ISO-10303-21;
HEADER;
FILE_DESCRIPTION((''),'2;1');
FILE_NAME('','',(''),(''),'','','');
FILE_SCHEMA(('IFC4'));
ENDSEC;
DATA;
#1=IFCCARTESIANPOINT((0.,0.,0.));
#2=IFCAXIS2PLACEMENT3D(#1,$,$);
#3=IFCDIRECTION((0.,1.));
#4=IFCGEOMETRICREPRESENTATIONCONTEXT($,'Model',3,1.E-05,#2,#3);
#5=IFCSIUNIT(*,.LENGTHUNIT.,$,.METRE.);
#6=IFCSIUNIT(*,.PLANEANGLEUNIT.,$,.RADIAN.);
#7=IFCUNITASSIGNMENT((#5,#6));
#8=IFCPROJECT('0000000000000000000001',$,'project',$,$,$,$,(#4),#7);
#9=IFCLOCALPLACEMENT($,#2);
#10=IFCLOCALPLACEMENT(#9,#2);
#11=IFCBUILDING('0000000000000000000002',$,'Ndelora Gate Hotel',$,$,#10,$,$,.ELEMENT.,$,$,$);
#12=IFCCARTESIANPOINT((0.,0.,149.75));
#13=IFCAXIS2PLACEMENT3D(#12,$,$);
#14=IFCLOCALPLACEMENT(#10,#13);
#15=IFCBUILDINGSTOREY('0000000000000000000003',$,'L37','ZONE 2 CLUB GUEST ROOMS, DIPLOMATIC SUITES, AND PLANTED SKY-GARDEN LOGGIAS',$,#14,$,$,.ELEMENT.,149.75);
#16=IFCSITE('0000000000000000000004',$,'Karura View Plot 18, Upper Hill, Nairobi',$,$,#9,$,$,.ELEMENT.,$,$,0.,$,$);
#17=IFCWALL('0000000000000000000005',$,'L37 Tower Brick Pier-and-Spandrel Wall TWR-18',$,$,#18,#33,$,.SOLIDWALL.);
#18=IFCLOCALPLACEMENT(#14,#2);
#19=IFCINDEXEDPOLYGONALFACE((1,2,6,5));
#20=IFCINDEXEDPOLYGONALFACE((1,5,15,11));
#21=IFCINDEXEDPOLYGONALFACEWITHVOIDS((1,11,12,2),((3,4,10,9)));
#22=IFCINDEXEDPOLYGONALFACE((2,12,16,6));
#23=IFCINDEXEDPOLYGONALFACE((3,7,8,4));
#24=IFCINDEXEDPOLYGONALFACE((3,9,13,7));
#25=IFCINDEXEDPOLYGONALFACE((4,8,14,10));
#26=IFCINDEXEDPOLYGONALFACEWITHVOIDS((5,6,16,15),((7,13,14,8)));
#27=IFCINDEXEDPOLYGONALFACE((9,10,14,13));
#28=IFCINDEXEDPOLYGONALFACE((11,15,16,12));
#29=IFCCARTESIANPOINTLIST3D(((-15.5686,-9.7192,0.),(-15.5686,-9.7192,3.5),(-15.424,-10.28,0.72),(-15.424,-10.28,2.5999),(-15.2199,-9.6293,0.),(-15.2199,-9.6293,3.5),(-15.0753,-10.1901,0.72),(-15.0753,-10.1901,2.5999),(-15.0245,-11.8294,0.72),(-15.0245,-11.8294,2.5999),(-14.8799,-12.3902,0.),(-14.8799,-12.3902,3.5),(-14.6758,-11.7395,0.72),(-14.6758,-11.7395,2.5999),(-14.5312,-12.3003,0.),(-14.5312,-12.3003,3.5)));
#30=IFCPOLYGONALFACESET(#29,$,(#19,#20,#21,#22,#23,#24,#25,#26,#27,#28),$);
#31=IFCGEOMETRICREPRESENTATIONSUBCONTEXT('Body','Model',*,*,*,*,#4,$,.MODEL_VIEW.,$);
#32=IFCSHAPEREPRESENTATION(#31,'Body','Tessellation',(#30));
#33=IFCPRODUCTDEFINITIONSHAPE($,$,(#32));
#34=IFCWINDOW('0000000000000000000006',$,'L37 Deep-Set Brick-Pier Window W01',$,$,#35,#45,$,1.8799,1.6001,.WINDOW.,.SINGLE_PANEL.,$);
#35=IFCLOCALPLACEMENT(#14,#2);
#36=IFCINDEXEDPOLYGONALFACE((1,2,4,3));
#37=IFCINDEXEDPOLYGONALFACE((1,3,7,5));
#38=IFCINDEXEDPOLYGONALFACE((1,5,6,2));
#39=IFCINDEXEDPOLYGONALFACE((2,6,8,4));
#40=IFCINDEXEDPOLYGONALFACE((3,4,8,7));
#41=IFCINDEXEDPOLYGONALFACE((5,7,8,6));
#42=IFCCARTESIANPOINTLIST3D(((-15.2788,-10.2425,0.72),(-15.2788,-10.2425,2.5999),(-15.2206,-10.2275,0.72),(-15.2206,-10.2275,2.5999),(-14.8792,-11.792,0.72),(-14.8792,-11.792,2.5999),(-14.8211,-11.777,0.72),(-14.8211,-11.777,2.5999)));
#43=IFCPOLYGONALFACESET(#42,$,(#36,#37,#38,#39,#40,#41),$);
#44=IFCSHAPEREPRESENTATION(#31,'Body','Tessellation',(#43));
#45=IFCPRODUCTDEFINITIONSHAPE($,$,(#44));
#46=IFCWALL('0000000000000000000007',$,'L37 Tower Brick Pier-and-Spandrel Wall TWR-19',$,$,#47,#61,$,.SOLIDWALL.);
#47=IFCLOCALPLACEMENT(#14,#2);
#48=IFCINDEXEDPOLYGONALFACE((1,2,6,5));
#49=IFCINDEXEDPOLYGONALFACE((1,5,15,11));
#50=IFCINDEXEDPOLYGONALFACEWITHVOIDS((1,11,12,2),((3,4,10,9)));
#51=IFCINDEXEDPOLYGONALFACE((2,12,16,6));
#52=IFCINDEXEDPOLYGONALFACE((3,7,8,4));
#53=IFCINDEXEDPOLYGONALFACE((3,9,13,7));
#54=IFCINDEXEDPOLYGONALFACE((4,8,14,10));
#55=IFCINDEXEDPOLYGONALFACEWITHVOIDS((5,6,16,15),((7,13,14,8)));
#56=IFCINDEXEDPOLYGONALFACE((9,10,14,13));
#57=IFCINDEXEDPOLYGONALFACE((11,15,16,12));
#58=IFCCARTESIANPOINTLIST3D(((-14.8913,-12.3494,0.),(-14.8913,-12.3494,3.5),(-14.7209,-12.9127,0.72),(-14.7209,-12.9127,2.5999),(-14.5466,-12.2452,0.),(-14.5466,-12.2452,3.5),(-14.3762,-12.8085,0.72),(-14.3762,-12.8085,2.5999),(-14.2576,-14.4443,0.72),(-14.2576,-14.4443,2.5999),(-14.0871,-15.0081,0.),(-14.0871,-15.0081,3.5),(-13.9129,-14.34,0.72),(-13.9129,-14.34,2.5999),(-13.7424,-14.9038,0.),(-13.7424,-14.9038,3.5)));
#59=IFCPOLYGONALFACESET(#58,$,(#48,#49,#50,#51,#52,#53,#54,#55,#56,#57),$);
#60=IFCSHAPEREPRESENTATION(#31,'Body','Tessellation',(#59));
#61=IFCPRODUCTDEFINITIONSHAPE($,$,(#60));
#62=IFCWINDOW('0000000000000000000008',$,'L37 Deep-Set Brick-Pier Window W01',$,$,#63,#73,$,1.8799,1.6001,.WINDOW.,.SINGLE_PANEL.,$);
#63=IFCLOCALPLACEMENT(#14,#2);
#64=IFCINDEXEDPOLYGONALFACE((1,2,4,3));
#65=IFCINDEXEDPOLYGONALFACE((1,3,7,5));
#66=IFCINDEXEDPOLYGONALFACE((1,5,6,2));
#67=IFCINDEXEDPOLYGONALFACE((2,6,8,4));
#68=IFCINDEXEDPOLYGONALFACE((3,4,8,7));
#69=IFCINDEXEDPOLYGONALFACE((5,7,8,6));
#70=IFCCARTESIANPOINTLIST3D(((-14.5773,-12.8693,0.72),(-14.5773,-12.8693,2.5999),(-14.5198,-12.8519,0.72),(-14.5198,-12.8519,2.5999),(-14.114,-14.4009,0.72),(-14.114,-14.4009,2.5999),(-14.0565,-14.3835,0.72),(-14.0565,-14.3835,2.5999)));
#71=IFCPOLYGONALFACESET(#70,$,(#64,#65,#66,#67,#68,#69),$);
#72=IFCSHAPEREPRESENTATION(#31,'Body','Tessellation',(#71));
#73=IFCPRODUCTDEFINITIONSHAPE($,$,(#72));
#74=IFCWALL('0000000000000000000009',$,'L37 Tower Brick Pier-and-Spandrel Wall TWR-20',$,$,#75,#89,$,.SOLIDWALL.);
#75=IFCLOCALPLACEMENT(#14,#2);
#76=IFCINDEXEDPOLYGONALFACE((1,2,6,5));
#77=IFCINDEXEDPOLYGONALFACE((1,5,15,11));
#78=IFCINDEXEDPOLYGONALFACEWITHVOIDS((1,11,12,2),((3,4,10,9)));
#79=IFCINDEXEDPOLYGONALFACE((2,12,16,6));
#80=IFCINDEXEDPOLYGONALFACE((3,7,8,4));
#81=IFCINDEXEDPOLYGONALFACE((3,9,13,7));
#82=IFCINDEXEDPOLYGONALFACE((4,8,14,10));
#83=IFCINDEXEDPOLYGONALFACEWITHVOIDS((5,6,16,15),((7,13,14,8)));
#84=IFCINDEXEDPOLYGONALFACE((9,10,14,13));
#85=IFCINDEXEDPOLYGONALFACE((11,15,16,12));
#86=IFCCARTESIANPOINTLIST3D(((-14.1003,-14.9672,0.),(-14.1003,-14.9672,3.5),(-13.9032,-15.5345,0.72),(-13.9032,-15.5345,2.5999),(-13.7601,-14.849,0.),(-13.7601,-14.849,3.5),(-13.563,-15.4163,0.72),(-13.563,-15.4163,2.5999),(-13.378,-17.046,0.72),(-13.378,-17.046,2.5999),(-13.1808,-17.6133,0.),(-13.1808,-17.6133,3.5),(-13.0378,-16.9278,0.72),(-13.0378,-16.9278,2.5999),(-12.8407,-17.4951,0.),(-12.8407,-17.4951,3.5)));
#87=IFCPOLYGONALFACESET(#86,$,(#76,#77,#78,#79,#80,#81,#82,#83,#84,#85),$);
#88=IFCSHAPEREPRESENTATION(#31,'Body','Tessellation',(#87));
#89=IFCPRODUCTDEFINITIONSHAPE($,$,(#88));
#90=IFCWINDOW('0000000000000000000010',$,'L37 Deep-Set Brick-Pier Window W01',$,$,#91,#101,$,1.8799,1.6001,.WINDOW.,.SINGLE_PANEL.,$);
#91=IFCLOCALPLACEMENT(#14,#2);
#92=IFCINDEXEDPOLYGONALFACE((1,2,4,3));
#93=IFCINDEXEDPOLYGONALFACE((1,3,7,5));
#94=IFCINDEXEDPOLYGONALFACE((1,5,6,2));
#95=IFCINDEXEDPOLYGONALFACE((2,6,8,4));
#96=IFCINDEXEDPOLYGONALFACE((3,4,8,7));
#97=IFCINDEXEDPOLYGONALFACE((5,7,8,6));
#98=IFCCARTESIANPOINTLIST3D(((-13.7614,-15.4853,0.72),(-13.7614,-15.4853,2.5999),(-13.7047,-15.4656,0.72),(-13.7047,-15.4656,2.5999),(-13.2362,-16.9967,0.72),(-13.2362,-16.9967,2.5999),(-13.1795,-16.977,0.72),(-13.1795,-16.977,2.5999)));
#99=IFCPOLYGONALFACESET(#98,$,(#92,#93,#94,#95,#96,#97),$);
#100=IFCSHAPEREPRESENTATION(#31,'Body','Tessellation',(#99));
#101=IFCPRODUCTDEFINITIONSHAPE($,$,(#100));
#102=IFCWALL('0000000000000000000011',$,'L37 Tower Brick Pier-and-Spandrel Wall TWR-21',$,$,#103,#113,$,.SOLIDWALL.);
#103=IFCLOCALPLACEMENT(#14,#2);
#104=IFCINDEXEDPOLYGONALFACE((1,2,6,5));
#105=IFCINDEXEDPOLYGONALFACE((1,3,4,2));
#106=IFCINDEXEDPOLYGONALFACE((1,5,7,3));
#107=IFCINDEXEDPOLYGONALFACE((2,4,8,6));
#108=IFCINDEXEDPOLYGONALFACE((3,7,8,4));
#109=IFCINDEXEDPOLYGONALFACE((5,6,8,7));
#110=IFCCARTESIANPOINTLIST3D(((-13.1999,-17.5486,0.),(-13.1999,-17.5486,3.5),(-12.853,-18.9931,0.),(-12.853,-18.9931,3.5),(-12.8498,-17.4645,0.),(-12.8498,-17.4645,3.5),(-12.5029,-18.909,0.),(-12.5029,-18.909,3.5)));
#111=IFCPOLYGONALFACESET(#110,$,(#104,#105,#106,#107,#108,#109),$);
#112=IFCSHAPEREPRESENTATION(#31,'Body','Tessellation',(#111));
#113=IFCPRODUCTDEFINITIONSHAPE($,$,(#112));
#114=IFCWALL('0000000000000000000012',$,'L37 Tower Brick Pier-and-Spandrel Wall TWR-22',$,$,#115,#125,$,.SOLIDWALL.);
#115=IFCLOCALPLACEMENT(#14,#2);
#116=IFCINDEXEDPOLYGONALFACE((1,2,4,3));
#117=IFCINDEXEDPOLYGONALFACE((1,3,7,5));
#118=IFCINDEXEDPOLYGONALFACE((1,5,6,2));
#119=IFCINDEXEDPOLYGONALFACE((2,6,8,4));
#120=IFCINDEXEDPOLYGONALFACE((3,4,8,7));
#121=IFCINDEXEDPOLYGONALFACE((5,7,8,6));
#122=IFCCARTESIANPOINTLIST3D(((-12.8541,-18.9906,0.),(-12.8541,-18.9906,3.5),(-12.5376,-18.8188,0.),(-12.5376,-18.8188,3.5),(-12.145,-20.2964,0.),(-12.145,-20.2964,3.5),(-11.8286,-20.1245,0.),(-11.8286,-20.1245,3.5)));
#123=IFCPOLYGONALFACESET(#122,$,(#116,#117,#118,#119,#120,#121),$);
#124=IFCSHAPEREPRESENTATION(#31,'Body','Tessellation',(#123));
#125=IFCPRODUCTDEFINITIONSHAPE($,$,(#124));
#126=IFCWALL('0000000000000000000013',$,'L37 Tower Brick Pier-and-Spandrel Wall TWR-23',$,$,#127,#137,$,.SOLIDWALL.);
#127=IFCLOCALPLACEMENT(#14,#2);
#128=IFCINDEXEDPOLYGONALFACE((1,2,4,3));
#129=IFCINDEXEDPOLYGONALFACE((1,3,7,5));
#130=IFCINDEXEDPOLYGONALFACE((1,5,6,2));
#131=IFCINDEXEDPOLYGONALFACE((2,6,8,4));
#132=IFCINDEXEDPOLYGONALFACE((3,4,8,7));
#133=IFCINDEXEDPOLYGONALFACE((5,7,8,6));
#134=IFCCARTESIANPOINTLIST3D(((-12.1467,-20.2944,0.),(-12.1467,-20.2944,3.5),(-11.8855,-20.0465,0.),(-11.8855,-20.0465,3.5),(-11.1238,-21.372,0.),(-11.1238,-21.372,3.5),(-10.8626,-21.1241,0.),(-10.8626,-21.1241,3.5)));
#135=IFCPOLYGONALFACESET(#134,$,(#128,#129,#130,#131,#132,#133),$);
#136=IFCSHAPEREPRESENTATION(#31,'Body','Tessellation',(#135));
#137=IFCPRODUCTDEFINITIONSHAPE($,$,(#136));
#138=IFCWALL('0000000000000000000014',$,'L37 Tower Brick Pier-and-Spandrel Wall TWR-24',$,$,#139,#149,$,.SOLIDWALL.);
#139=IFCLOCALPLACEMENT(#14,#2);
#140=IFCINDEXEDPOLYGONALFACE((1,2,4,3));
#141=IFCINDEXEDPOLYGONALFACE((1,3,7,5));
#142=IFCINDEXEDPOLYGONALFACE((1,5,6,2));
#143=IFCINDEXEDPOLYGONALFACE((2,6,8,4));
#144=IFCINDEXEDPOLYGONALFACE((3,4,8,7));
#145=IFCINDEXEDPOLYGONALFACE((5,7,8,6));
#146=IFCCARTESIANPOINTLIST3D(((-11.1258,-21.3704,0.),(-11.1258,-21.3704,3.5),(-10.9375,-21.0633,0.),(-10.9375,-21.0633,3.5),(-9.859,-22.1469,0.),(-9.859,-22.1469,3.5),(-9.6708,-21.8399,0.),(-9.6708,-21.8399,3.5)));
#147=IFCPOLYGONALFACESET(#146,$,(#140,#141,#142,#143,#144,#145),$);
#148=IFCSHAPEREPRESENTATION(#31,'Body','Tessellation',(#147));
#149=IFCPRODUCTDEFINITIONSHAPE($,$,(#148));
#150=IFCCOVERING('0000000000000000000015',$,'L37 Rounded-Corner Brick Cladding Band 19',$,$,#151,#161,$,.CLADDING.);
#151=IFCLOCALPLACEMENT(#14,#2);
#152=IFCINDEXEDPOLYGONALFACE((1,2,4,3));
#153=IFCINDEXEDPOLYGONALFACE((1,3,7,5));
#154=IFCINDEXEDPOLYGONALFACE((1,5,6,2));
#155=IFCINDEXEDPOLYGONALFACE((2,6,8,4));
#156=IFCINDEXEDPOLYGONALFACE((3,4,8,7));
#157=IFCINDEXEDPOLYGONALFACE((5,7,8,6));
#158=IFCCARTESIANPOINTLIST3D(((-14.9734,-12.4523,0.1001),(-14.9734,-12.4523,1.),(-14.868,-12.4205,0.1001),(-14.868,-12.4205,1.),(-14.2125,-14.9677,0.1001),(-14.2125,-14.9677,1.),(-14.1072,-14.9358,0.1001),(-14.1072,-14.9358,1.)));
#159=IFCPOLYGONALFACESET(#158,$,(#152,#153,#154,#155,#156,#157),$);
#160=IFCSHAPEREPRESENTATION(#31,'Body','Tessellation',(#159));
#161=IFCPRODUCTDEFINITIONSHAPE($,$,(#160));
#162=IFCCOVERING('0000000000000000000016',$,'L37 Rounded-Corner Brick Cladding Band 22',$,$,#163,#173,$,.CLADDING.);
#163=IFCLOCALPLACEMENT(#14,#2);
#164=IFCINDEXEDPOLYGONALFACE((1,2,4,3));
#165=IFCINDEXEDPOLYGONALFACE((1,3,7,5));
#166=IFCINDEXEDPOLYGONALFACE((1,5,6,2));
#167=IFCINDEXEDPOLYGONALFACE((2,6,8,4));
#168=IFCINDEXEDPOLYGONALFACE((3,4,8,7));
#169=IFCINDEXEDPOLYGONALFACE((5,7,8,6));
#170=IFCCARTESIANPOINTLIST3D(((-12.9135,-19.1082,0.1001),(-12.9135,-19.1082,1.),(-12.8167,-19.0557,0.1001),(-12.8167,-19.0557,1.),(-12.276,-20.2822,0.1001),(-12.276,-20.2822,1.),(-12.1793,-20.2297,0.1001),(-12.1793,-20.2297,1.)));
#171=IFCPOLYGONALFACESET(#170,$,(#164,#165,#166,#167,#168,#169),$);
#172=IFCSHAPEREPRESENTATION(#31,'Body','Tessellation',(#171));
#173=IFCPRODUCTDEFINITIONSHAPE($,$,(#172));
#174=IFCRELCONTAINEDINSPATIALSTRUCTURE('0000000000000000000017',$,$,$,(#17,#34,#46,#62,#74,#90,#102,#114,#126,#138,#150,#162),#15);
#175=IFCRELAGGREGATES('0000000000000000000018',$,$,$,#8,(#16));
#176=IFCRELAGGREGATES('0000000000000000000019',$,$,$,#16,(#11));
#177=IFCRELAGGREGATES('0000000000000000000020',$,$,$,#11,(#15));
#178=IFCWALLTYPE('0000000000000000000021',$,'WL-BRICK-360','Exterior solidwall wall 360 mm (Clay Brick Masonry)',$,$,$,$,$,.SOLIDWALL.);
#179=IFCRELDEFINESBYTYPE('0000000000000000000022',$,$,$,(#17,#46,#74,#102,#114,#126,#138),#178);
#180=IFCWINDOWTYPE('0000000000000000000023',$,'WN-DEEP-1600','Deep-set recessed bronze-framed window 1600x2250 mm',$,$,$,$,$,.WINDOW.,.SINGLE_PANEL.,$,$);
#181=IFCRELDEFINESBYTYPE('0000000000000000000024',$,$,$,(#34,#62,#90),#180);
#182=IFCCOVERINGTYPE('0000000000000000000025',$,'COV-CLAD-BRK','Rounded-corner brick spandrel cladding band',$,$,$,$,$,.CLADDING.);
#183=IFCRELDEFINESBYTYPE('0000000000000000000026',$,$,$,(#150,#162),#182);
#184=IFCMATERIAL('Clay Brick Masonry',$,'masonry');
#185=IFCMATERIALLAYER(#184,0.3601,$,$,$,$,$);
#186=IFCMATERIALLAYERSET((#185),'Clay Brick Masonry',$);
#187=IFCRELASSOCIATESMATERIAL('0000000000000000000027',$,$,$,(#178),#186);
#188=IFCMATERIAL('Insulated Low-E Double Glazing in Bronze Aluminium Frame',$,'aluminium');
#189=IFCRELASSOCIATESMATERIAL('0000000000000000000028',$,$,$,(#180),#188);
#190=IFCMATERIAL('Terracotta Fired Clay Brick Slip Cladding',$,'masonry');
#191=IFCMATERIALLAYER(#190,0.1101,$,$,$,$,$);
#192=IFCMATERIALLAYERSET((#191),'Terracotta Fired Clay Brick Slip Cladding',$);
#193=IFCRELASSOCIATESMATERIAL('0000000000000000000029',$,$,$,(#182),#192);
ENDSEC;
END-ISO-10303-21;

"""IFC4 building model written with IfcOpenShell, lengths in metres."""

from ifc_helpers import new_model, si_unit, direction, frame, frame_2d, origin, origin_2d, place, context, subcontext, project, spatial, rectangle, extrude, material, layer, layer_set, type_object, element, fill, save


model = new_model("IFC4")

# Units and contexts
model_context = context("Model", 3, precision=1e-05, world=origin(), true_north=direction((0.0, 1.0)))
body_context = subcontext(model_context, "Body", "Model", "MODEL_VIEW")
ifc_project = project(units=[si_unit("LENGTHUNIT", "METRE"), si_unit("PLANEANGLEUNIT", "RADIAN")], contexts=[model_context])

# Site, building, storey
site_placement = place(None, origin())
site = spatial("IfcSite", under=ifc_project, at=site_placement, Name="Karura View Plot 18, Upper Hill, Nairobi", CompositionType="ELEMENT", RefElevation=0.0)
building_placement = place(site_placement, origin())
building = spatial("IfcBuilding", under=site, at=building_placement, Name="Ndelora Gate Hotel", CompositionType="ELEMENT")
storey_placement = place(building_placement, frame((0.0, 0.0, 149.75)))
storey = spatial("IfcBuildingStorey", under=building, at=storey_placement, Name="L37", Description="ZONE 2 CLUB GUEST ROOMS, DIPLOMATIC SUITES, AND PLANTED SKY-GARDEN LOGGIAS", CompositionType="ELEMENT", Elevation=149.75)

# Walls, openings, windows
ifc_material_1 = material(Name="Clay Brick Masonry", Category="masonry")
ifc_layer_1 = layer(ifc_material_1, 0.3601)
ifc_layer_set_1 = layer_set([ifc_layer_1], Name="Clay Brick Masonry")
wall_type = type_object("IfcWallType", Name="WL-BRICK-360", Description="Exterior solidwall wall 360 mm (Clay Brick Masonry)", PredefinedType="SOLIDWALL", material=ifc_layer_set_1)
ifc_material_2 = material(Name="Insulated Low-E Double Glazing in Bronze Aluminium Frame", Category="aluminium")
wall_1_placement = place(storey_placement, frame((-14.7056, -12.3452, 0.0), z_axis=(0.0, 0.0, 1.0), x_axis=(-0.249693, 0.968325, 0.0)))
wall_1 = element("IfcWall", 1, at=wall_1_placement, inside=storey, type_object=wall_type, Name="L37 Tower Brick Pier-and-Spandrel Wall TWR-18", PredefinedType="SOLIDWALL", context=body_context, shape_type="SweptSolid", body=[
    extrude(rectangle(XDim=2.7583, YDim=0.3601, at=frame_2d((1.3792, 0.0))), origin(), (0.0, 0.0, 1.0), 3.5),
])
opening_1_placement = place(wall_1_placement, frame((0.5791, 0.0, 0.72)))
opening_1 = element("IfcOpeningElement", 2, at=opening_1_placement, cuts=wall_1, PredefinedType="OPENING", context=body_context, shape_type="SweptSolid", body=[
    extrude(rectangle(XDim=1.6001, YDim=1.8799, at=frame_2d((0.8, 0.9399))), frame((0.0, 0.1899, 0.0), z_axis=(0.0, -1.0, 0.0), x_axis=(1.0, 0.0, 0.0)), (0.0, 0.0, 1.0), 0.3801),
])
window_type_1 = type_object("IfcWindowType", Name="WN-DEEP-1600", Description="Deep-set recessed bronze-framed window 1600x2250 mm", PartitioningType="SINGLE_PANEL", PredefinedType="WINDOW", material=ifc_material_2)
window_1_placement = place(opening_1_placement, origin())
window_1 = element("IfcWindow", 3, at=window_1_placement, inside=storey, type_object=window_type_1, Name="L37 Deep-Set Brick-Pier Window W01", OverallHeight=1.8799, OverallWidth=1.6001, PartitioningType="SINGLE_PANEL", PredefinedType="WINDOW", context=body_context, shape_type="SweptSolid", body=[
    extrude(rectangle(XDim=1.6001, YDim=1.8799, at=frame_2d((0.8, 0.9399))), frame((0.0, 0.03, 0.0), z_axis=(0.0, -1.0, 0.0), x_axis=(1.0, 0.0, 0.0)), (0.0, 0.0, 1.0), 0.0601),
])
fill(opening_1, window_1)
wall_2_placement = place(storey_placement, frame((-13.9148, -14.9558, 0.0), z_axis=(0.0, 0.0, 1.0), x_axis=(-0.289524, 0.957171, 0.0)))
wall_2 = element("IfcWall", 4, at=wall_2_placement, inside=storey, type_object=wall_type, Name="L37 Tower Brick Pier-and-Spandrel Wall TWR-19", PredefinedType="SOLIDWALL", context=body_context, shape_type="SweptSolid", body=[
    extrude(rectangle(XDim=2.7776, YDim=0.3601, at=frame_2d((1.3887, 0.0))), origin(), (0.0, 0.0, 1.0), 3.5),
])
opening_2_placement = place(wall_2_placement, frame((0.5889, 0.0, 0.72)))
opening_2 = element("IfcOpeningElement", 5, at=opening_2_placement, cuts=wall_2, PredefinedType="OPENING", context=body_context, shape_type="SweptSolid", body=[
    extrude(rectangle(XDim=1.6001, YDim=1.8799, at=frame_2d((0.8, 0.9399))), frame((0.0, 0.1899, 0.0), z_axis=(0.0, -1.0, 0.0), x_axis=(1.0, 0.0, 0.0)), (0.0, 0.0, 1.0), 0.3801),
])
window_2_placement = place(opening_2_placement, origin())
window_2 = element("IfcWindow", 6, at=window_2_placement, inside=storey, type_object=window_type_1, Name="L37 Deep-Set Brick-Pier Window W01", OverallHeight=1.8799, OverallWidth=1.6001, PartitioningType="SINGLE_PANEL", PredefinedType="WINDOW", context=body_context, shape_type="SweptSolid", body=[
    extrude(rectangle(XDim=1.6001, YDim=1.8799, at=frame_2d((0.8, 0.9399))), frame((0.0, 0.03, 0.0), z_axis=(0.0, -1.0, 0.0), x_axis=(1.0, 0.0, 0.0)), (0.0, 0.0, 1.0), 0.0601),
])
fill(opening_2, window_2)
wall_3_placement = place(storey_placement, frame((-13.0107, -17.5542, 0.0), z_axis=(0.0, 0.0, 1.0), x_axis=(-0.32823, 0.944598, 0.0)))
wall_3 = element("IfcWall", 7, at=wall_3_placement, inside=storey, type_object=wall_type, Name="L37 Tower Brick Pier-and-Spandrel Wall TWR-20", PredefinedType="SOLIDWALL", context=body_context, shape_type="SweptSolid", body=[
    extrude(rectangle(XDim=2.8013, YDim=0.3601, at=frame_2d((1.4006, 0.0))), origin(), (0.0, 0.0, 1.0), 3.5),
])
opening_3_placement = place(wall_3_placement, frame((0.6006, 0.0, 0.72)))
opening_3 = element("IfcOpeningElement", 8, at=opening_3_placement, cuts=wall_3, PredefinedType="OPENING", context=body_context, shape_type="SweptSolid", body=[
    extrude(rectangle(XDim=1.6001, YDim=1.8799, at=frame_2d((0.8, 0.9399))), frame((0.0, 0.1899, 0.0), z_axis=(0.0, -1.0, 0.0), x_axis=(1.0, 0.0, 0.0)), (0.0, 0.0, 1.0), 0.3801),
])
window_3_placement = place(opening_3_placement, origin())
window_3 = element("IfcWindow", 9, at=window_3_placement, inside=storey, type_object=window_type_1, Name="L37 Deep-Set Brick-Pier Window W01", OverallHeight=1.8799, OverallWidth=1.6001, PartitioningType="SINGLE_PANEL", PredefinedType="WINDOW", context=body_context, shape_type="SweptSolid", body=[
    extrude(rectangle(XDim=1.6001, YDim=1.8799, at=frame_2d((0.8, 0.9399))), frame((0.0, 0.03, 0.0), z_axis=(0.0, -1.0, 0.0), x_axis=(1.0, 0.0, 0.0)), (0.0, 0.0, 1.0), 0.0601),
])
fill(opening_3, window_3)

# Walls
wall_4_placement = place(storey_placement, frame((-12.678, -18.9509, 0.0), z_axis=(0.0, 0.0, 1.0), x_axis=(-0.233516, 0.972353, 0.0)))
element("IfcWall", 10, at=wall_4_placement, inside=storey, type_object=wall_type, Name="L37 Tower Brick Pier-and-Spandrel Wall TWR-21", PredefinedType="SOLIDWALL", context=body_context, shape_type="SweptSolid", body=[
    extrude(rectangle(XDim=1.4856, YDim=0.3601, at=frame_2d((0.7427, 0.0))), origin(), (0.0, 0.0, 1.0), 3.5),
])
for number, where, z_axis, x_axis, name in (
    (11, (-11.9868, -20.2104, 0.0), (0.0, 0.0, 1.0), (-0.477193, 0.878798, 0.0), "L37 Tower Brick Pier-and-Spandrel Wall TWR-22"),
    (12, (-10.9932, -21.248, 0.0), (0.0, 0.0, 1.0), (-0.688464, 0.72527, 0.0), "L37 Tower Brick Pier-and-Spandrel Wall TWR-23"),
    (13, (-9.7649, -21.9934, 0.0), (0.0, 0.0, 1.0), (-0.852554, 0.522639, 0.0), "L37 Tower Brick Pier-and-Spandrel Wall TWR-24"),
):
    element("IfcWall", number, at=place(storey_placement, frame(where, z_axis=z_axis, x_axis=x_axis)), inside=storey, type_object=wall_type, Name=name, PredefinedType="SOLIDWALL", context=body_context, shape_type="SweptSolid", body=[
        extrude(rectangle(XDim=1.4858, YDim=0.3601, at=frame_2d((0.7429, 0.0))), origin(), (0.0, 0.0, 1.0), 3.5),
    ])

# Coverings
ifc_material_3 = material(Name="Terracotta Fired Clay Brick Slip Cladding", Category="masonry")
ifc_layer_2 = layer(ifc_material_3, 0.1101)
ifc_layer_set_2 = layer_set([ifc_layer_2], Name="Terracotta Fired Clay Brick Slip Cladding")
covering_type = type_object("IfcCoveringType", Name="COV-CLAD-BRK", Description="Rounded-corner brick spandrel cladding band", PredefinedType="CLADDING", material=ifc_layer_set_2)
covering_1_placement = place(storey_placement, frame((-14.5403, -13.6941, 0.1001), z_axis=(0.0, 0.0, 1.0), x_axis=(-0.289533, 0.957168, 0.0)))
element("IfcCovering", 14, at=covering_1_placement, inside=storey, type_object=covering_type, Name="L37 Rounded-Corner Brick Cladding Band 19", PredefinedType="CLADDING", context=body_context, shape_type="SweptSolid", body=[
    extrude(rectangle(XDim=2.6279, YDim=0.1101, at=origin_2d()), origin(), (0.0, 0.0, 1.0), 0.8999),
])
covering_2_placement = place(storey_placement, frame((-12.5464, -19.6689, 0.1001), z_axis=(0.0, 0.0, 1.0), x_axis=(-0.477159, 0.878817, 0.0)))
element("IfcCovering", 15, at=covering_2_placement, inside=storey, type_object=covering_type, Name="L37 Rounded-Corner Brick Cladding Band 22", PredefinedType="CLADDING", context=body_context, shape_type="SweptSolid", body=[
    extrude(rectangle(XDim=1.3359, YDim=0.1101, at=origin_2d()), origin(), (0.0, 0.0, 1.0), 0.8999),
])

save(model, "model.ifc")
